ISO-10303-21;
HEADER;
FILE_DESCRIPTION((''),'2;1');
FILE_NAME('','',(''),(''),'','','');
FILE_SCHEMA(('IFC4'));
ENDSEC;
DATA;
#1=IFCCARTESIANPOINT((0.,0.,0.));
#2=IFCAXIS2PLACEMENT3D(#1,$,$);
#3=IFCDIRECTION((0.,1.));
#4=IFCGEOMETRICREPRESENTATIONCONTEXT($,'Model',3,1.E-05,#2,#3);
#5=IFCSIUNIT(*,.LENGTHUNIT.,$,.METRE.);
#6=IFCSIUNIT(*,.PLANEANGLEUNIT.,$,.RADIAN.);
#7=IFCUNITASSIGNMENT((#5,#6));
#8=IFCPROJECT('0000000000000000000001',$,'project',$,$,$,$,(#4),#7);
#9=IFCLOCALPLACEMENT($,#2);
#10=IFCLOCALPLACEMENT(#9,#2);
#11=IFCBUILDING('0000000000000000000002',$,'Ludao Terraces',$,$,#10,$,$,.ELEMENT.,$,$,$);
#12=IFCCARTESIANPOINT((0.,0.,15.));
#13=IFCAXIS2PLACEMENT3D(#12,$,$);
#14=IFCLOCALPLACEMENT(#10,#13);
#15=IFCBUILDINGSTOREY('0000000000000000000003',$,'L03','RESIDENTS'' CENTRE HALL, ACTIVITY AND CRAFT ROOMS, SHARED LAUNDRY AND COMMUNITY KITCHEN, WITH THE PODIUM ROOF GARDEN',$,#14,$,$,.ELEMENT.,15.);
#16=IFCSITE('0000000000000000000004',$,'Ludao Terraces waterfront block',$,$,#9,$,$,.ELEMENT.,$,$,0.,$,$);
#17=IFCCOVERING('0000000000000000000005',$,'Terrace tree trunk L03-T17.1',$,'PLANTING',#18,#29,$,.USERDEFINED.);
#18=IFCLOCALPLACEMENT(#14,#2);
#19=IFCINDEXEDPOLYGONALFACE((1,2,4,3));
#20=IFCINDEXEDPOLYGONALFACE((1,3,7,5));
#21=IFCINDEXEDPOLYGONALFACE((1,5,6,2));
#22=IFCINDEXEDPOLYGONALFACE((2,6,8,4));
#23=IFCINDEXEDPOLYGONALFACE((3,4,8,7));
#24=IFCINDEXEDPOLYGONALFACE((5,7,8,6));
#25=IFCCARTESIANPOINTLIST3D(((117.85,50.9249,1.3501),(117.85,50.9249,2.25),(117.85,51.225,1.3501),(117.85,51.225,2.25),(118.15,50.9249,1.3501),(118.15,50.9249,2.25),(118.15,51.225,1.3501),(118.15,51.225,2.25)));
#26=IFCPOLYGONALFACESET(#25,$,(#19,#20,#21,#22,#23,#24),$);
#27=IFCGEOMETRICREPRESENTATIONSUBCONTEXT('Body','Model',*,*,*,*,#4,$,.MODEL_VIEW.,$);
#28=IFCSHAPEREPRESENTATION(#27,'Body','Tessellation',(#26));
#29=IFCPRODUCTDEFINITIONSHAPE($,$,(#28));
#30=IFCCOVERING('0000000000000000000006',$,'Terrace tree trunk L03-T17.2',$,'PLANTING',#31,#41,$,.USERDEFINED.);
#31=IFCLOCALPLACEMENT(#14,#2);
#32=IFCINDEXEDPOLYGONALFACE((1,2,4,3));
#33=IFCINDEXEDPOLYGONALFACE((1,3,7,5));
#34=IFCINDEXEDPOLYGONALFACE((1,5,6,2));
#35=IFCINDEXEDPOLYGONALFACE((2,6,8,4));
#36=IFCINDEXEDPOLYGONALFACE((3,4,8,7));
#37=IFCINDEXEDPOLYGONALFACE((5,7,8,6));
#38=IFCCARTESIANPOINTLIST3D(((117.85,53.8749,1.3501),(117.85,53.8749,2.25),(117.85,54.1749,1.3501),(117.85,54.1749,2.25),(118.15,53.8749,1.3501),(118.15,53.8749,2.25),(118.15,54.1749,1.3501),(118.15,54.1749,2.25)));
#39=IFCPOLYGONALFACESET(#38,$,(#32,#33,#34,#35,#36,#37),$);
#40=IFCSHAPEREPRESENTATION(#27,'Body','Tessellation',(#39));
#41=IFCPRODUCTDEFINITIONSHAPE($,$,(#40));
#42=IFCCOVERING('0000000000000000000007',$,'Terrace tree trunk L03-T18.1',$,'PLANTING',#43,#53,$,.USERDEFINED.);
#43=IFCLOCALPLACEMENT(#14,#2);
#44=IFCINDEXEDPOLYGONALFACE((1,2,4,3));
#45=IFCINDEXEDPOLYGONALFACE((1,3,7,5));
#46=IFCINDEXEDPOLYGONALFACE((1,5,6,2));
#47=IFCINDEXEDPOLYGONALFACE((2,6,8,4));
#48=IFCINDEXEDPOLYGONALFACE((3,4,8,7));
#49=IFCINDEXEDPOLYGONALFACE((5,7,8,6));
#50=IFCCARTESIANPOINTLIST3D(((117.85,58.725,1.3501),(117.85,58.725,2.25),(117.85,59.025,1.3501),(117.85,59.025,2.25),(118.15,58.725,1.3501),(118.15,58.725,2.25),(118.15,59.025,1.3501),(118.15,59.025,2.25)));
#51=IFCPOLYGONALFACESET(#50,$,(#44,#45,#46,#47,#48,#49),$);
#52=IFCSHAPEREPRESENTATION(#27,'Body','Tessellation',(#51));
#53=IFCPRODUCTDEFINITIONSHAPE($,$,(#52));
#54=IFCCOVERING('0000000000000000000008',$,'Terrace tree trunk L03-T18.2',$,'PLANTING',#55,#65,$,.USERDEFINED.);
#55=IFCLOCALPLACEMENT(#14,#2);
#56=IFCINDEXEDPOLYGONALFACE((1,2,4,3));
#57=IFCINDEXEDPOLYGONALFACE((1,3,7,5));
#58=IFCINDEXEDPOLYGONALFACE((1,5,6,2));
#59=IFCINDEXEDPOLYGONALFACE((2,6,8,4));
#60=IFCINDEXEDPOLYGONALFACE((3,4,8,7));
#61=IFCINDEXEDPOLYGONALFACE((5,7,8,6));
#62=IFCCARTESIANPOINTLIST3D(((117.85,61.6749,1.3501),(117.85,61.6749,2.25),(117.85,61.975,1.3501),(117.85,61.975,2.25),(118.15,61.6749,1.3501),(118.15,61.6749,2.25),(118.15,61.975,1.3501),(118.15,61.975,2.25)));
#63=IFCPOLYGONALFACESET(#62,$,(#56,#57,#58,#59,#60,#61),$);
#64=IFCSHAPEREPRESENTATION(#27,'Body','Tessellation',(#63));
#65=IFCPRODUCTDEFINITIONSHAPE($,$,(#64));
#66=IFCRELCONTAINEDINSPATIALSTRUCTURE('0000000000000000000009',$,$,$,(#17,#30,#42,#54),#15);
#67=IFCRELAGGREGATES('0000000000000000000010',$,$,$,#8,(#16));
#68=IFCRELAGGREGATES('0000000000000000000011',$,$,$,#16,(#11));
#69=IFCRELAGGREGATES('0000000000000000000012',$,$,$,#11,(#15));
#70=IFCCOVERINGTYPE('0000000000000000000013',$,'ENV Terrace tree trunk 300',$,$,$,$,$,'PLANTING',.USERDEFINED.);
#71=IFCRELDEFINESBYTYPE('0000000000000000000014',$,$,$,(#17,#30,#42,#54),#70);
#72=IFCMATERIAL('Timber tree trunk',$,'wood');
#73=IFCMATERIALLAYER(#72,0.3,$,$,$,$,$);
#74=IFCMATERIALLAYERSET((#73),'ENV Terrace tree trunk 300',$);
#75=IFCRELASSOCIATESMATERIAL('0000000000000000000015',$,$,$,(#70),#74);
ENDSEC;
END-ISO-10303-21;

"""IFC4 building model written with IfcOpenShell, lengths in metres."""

from ifc_helpers import new_model, si_unit, direction, frame, origin, origin_2d, place, context, subcontext, project, spatial, rectangle, extrude, material, layer, layer_set, type_object, element, save


model = new_model("IFC4")

# Units and contexts
model_context = context("Model", 3, precision=1e-05, world=origin(), true_north=direction((0.0, 1.0)))
body_context = subcontext(model_context, "Body", "Model", "MODEL_VIEW")
ifc_project = project(units=[si_unit("LENGTHUNIT", "METRE"), si_unit("PLANEANGLEUNIT", "RADIAN")], contexts=[model_context])

# Site, building, storey
site_placement = place(None, origin())
site = spatial("IfcSite", under=ifc_project, at=site_placement, Name="Ludao Terraces waterfront block", CompositionType="ELEMENT", RefElevation=0.0)
building_placement = place(site_placement, origin())
building = spatial("IfcBuilding", under=site, at=building_placement, Name="Ludao Terraces", CompositionType="ELEMENT")
storey_placement = place(building_placement, frame((0.0, 0.0, 15.0)))
storey = spatial("IfcBuildingStorey", under=building, at=storey_placement, Name="L03", Description="RESIDENTS' CENTRE HALL, ACTIVITY AND CRAFT ROOMS, SHARED LAUNDRY AND COMMUNITY KITCHEN, WITH THE PODIUM ROOF GARDEN", CompositionType="ELEMENT", Elevation=15.0)

# Coverings
ifc_material_1 = material(Name="Timber tree trunk", Category="wood")
ifc_layer_1 = layer(ifc_material_1, 0.3)
ifc_layer_set_1 = layer_set([ifc_layer_1], Name="ENV Terrace tree trunk 300")
covering_type_1 = type_object("IfcCoveringType", Name="ENV Terrace tree trunk 300", ElementType="PLANTING", PredefinedType="USERDEFINED", material=ifc_layer_set_1)
for number, where, z_axis, x_axis, name in (
    (1, (118.0, 51.075, 1.3501), (0.0, 0.0, 1.0), (1.0, 0.0, 0.0), "Terrace tree trunk L03-T17.1"),
    (2, (118.0, 54.0249, 1.3501), (0.0, 0.0, 1.0), (1.0, 0.0, 0.0), "Terrace tree trunk L03-T17.2"),
    (3, (118.0, 58.875, 1.3501), (0.0, 0.0, 1.0), (1.0, 0.0, 0.0), "Terrace tree trunk L03-T18.1"),
    (4, (118.0, 61.825, 1.3501), (0.0, 0.0, 1.0), (1.0, 0.0, 0.0), "Terrace tree trunk L03-T18.2"),
):
    element("IfcCovering", number, at=place(storey_placement, frame(where, z_axis=z_axis, x_axis=x_axis)), inside=storey, type_object=covering_type_1, Name=name, ObjectType="PLANTING", PredefinedType="USERDEFINED", context=body_context, shape_type="SweptSolid", body=[
        extrude(rectangle(XDim=0.3, YDim=0.3, at=origin_2d()), origin(), (0.0, 0.0, 1.0), 0.8999),
    ])

save(model, "model.ifc")
